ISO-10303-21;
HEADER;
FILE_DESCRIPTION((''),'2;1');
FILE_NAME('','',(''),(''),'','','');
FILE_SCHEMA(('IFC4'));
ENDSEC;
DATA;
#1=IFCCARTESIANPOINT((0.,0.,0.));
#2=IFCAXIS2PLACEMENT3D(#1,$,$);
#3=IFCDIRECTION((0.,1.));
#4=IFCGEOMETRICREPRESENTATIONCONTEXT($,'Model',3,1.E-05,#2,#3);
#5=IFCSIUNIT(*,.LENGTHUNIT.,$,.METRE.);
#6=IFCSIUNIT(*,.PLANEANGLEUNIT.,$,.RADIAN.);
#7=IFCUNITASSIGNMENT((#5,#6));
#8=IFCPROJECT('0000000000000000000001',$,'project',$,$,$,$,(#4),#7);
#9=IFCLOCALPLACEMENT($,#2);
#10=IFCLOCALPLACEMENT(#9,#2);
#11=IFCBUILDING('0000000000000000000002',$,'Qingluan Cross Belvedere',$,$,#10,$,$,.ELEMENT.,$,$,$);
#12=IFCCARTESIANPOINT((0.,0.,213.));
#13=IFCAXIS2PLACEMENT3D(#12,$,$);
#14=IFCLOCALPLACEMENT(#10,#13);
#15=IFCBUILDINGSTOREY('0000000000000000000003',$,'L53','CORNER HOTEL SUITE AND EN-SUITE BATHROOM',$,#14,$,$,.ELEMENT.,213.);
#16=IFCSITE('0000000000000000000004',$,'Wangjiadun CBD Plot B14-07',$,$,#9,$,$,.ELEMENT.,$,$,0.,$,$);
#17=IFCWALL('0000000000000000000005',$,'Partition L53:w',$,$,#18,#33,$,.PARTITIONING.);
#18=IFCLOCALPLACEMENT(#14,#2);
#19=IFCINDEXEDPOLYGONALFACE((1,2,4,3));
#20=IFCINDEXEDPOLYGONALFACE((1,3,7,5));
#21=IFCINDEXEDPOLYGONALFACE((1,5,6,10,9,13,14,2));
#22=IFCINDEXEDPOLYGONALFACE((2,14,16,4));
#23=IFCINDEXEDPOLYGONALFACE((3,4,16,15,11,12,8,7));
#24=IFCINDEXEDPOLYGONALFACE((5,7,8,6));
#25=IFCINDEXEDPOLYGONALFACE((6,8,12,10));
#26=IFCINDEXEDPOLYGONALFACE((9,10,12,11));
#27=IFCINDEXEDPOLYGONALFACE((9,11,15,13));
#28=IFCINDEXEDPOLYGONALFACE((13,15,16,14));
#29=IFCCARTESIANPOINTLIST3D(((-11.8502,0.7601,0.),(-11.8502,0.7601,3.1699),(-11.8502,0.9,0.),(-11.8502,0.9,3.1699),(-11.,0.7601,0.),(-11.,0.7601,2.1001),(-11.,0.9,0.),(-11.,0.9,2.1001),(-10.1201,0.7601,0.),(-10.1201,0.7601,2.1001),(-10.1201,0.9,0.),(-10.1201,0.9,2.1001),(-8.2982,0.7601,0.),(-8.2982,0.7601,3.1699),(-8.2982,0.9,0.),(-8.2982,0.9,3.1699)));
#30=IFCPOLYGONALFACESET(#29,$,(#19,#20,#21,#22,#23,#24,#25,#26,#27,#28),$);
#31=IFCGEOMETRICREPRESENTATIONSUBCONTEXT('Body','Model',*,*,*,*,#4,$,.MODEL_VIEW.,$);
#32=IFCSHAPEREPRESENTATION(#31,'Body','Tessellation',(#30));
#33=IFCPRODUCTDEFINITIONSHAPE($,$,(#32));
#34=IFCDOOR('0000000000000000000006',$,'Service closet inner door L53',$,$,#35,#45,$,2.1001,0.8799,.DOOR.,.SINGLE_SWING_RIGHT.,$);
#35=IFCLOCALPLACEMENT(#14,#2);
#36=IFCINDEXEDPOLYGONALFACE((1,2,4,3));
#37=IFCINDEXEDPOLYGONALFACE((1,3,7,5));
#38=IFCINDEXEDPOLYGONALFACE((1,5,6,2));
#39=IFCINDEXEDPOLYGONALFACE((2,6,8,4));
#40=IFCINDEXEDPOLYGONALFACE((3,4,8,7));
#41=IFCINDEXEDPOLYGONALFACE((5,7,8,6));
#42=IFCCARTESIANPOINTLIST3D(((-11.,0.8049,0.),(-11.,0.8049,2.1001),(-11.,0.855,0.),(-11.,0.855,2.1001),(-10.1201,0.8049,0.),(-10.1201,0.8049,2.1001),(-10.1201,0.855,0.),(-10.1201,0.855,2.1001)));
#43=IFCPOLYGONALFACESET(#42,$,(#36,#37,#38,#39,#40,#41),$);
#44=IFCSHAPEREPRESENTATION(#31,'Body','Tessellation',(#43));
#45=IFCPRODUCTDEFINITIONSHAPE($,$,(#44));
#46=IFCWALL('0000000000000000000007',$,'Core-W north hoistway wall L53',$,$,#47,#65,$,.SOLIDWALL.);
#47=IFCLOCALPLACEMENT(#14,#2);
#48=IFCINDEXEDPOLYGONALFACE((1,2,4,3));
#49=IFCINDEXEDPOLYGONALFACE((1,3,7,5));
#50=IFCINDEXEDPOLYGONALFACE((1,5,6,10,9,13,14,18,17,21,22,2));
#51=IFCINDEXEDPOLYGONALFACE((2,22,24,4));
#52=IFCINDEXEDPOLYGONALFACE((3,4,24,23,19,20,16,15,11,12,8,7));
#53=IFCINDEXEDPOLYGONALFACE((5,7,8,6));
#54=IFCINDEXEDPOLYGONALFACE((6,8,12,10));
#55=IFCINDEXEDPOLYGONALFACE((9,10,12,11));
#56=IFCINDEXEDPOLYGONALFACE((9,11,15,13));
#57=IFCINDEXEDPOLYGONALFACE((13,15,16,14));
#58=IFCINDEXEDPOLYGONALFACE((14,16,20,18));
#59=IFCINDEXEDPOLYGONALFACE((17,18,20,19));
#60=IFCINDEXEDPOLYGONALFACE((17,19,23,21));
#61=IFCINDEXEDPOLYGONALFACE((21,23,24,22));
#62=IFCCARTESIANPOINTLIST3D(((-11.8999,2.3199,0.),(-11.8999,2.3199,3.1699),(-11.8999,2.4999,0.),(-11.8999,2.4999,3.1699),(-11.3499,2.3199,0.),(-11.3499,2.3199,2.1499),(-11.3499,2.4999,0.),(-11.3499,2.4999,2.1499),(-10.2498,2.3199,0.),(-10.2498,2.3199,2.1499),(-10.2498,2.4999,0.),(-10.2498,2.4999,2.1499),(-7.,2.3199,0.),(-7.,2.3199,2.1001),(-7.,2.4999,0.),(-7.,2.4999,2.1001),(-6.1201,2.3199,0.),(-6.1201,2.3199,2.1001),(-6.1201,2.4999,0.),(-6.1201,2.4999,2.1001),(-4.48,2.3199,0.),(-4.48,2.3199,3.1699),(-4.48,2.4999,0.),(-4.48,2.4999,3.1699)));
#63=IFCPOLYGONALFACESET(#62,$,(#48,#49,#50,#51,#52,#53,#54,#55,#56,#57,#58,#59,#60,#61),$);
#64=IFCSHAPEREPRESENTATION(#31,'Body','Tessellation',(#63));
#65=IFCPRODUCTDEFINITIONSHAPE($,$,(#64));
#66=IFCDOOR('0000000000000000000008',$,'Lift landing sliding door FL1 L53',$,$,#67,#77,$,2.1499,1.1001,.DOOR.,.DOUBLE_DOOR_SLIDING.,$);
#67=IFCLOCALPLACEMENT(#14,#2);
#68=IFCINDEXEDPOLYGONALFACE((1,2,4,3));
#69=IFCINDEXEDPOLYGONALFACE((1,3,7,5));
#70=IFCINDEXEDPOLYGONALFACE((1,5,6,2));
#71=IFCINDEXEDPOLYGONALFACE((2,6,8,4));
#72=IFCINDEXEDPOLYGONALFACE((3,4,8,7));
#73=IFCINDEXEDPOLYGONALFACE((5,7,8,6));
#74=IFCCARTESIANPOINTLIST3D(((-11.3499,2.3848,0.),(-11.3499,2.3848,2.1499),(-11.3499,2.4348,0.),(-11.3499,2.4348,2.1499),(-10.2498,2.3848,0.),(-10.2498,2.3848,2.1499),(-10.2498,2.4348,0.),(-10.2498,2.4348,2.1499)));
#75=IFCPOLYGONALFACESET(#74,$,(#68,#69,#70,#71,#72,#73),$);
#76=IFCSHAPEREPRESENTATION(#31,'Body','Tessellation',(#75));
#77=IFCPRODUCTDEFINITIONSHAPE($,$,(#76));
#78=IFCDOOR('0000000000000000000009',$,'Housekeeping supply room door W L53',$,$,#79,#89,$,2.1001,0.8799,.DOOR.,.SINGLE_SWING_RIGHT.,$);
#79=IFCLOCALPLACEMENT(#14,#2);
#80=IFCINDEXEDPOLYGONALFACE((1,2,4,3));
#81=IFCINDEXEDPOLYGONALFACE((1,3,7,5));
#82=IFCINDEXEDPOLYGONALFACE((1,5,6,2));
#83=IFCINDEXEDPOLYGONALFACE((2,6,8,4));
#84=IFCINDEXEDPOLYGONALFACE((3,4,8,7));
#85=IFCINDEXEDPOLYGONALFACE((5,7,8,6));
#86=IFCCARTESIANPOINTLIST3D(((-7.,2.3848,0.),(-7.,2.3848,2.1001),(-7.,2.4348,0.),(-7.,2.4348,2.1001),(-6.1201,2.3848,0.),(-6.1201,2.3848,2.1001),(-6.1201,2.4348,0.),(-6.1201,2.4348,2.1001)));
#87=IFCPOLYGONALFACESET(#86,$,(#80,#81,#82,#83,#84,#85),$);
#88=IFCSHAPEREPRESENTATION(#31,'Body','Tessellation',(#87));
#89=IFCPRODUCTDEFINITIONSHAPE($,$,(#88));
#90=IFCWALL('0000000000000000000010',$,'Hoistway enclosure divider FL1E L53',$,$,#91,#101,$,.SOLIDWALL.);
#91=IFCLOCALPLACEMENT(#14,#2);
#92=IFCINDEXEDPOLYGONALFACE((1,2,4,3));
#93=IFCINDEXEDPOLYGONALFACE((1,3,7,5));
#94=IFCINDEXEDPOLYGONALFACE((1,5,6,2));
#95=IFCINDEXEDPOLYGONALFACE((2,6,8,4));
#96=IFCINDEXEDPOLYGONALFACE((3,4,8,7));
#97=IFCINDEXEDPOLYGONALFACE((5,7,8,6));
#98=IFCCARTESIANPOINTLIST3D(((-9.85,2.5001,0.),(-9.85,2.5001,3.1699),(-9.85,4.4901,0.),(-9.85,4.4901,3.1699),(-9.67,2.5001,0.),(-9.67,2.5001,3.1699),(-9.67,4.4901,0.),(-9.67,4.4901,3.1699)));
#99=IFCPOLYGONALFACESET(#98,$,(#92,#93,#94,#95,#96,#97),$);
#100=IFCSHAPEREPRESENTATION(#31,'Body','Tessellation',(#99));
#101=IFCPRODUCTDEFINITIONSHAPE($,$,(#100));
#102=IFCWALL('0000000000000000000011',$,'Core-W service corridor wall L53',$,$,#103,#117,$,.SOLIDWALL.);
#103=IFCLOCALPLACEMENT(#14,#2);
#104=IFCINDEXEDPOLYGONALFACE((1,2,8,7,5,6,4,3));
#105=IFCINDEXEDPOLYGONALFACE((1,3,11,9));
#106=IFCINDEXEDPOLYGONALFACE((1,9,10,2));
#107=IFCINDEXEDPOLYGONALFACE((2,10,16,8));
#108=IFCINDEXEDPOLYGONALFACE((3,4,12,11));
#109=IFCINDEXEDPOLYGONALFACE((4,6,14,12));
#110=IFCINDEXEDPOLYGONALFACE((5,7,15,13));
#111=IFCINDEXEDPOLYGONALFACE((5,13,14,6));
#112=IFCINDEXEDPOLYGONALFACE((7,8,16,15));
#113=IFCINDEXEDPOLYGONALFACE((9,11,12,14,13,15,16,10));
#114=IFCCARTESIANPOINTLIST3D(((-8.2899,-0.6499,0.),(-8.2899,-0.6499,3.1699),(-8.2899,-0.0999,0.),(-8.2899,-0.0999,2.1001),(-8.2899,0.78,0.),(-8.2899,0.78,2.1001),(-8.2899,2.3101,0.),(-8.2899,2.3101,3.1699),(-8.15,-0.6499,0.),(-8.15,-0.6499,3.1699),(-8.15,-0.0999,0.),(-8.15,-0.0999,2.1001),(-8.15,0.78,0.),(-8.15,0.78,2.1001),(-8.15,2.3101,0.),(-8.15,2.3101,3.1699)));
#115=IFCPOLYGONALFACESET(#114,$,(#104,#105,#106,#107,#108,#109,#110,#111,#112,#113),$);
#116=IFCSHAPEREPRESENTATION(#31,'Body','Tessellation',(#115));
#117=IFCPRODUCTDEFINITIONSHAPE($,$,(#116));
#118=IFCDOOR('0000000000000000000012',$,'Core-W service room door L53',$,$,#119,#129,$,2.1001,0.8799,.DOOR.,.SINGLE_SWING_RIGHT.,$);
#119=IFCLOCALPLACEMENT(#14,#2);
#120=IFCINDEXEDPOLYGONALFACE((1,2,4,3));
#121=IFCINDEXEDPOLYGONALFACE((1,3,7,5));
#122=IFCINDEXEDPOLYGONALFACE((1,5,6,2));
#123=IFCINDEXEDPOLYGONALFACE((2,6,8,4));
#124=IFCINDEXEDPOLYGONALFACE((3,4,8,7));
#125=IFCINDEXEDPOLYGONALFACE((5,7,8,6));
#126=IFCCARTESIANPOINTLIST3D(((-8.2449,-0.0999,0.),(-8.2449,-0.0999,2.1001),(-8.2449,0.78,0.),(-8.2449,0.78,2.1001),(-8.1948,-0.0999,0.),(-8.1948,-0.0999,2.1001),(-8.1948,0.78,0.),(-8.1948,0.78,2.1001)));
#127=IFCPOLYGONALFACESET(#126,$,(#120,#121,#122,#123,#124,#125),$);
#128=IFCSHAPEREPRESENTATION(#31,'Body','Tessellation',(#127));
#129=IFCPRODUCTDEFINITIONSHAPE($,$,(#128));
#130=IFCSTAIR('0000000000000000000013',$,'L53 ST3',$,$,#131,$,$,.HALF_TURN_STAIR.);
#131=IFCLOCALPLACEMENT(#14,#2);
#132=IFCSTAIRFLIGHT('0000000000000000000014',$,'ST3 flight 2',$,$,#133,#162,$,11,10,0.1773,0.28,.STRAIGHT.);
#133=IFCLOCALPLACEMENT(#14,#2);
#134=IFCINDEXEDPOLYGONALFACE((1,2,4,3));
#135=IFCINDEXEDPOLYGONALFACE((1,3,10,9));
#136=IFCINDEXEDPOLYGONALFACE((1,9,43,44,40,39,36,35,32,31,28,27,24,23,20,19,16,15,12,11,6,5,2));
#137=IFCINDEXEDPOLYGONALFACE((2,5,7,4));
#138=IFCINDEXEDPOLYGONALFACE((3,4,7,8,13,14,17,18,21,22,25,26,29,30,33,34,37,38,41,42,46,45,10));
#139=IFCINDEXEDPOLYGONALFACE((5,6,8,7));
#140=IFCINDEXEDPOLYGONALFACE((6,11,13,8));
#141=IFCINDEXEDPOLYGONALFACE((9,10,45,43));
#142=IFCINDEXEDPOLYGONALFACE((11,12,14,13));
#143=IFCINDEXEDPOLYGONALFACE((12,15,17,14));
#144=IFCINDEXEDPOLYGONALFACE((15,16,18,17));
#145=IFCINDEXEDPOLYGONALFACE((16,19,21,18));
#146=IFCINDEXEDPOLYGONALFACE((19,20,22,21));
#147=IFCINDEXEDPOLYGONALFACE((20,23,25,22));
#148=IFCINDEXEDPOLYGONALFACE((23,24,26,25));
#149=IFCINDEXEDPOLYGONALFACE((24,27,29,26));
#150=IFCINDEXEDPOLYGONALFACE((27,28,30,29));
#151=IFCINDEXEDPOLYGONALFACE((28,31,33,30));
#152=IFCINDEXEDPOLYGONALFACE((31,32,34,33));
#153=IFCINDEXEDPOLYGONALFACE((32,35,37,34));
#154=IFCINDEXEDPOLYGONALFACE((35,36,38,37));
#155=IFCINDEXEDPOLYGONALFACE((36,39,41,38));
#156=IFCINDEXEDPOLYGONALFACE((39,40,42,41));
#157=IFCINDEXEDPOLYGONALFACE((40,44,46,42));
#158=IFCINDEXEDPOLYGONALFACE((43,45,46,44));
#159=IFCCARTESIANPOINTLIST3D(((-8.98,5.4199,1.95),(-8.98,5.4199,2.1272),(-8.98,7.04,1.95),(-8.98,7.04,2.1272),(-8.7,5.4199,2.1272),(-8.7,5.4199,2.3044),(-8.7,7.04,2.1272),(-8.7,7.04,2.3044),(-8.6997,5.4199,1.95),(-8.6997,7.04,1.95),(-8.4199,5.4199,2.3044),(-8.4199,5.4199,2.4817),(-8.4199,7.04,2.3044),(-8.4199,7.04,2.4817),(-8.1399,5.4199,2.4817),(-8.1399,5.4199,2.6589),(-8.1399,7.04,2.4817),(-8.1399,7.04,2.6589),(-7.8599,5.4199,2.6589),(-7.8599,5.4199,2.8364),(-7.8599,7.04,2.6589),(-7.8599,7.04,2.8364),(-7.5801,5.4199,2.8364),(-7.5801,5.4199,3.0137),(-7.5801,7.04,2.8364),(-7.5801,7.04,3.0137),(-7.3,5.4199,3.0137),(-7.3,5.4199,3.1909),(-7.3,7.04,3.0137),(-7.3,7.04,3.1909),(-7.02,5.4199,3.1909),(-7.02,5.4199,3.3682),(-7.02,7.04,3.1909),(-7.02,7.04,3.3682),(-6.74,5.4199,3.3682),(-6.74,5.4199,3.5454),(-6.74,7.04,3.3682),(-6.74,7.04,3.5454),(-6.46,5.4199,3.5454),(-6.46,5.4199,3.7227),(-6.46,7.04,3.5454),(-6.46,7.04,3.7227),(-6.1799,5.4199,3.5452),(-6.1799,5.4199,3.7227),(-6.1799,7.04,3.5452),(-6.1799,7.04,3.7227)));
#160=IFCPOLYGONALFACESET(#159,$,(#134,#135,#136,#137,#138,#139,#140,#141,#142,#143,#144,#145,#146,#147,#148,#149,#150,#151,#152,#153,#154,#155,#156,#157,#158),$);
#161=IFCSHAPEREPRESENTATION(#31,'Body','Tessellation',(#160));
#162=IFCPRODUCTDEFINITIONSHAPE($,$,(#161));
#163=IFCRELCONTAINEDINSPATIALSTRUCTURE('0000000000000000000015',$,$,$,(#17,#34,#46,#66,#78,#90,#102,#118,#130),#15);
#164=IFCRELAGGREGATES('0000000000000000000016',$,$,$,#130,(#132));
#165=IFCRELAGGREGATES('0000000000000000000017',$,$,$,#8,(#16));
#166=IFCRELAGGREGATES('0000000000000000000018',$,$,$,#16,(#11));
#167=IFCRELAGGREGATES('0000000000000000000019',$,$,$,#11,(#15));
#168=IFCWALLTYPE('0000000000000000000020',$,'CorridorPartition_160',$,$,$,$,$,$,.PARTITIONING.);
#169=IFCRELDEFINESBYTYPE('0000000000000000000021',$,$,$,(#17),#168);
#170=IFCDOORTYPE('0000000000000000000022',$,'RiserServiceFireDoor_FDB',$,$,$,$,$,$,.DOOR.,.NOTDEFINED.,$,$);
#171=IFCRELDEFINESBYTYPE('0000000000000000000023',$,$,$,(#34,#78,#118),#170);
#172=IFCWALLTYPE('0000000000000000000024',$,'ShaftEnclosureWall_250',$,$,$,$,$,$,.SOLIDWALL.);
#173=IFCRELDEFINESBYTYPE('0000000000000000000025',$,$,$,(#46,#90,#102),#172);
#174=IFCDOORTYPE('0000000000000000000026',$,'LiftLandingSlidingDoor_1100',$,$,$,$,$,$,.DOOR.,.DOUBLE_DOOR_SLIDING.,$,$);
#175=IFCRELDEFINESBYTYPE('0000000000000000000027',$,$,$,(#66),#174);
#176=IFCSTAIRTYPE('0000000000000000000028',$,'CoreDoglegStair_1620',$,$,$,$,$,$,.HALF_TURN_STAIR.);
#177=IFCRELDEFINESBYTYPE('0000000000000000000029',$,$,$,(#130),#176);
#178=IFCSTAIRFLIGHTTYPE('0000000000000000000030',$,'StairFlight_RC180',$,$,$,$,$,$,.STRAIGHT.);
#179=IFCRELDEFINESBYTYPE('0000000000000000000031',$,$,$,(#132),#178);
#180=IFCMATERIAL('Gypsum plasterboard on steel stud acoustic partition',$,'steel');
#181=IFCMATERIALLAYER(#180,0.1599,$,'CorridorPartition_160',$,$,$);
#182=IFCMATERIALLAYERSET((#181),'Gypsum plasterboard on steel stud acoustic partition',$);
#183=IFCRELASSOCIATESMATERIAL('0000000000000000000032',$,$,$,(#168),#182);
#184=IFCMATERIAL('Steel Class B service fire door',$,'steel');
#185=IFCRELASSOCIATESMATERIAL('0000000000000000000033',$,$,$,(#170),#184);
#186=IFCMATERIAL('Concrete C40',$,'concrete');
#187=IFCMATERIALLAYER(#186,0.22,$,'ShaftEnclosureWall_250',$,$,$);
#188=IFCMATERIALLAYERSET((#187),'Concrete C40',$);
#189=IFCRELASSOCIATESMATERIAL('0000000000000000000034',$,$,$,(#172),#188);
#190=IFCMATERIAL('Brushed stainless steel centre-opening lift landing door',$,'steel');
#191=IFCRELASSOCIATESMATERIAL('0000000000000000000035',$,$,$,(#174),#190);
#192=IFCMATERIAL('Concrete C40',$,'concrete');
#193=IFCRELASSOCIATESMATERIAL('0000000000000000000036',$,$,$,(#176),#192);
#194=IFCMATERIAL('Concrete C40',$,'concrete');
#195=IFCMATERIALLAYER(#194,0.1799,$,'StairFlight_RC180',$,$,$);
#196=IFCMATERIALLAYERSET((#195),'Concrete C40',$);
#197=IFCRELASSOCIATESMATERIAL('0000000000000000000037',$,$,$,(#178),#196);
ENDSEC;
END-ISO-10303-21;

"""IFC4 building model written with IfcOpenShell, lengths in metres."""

from ifc_helpers import new_model, si_unit, direction, frame, frame_2d, origin, place, context, subcontext, project, spatial, polyline, rectangle, outline, extrude, material, layer, layer_set, type_object, element, fill, aggregate, save


model = new_model("IFC4")

# Units and contexts
model_context = context("Model", 3, precision=1e-05, world=origin(), true_north=direction((0.0, 1.0)))
body_context = subcontext(model_context, "Body", "Model", "MODEL_VIEW")
ifc_project = project(units=[si_unit("LENGTHUNIT", "METRE"), si_unit("PLANEANGLEUNIT", "RADIAN")], contexts=[model_context])

# Site, building, storey
site_placement = place(None, origin())
site = spatial("IfcSite", under=ifc_project, at=site_placement, Name="Wangjiadun CBD Plot B14-07", CompositionType="ELEMENT", RefElevation=0.0)
building_placement = place(site_placement, origin())
building = spatial("IfcBuilding", under=site, at=building_placement, Name="Qingluan Cross Belvedere", CompositionType="ELEMENT")
storey_placement = place(building_placement, frame((0.0, 0.0, 213.0)))
storey = spatial("IfcBuildingStorey", under=building, at=storey_placement, Name="L53", Description="CORNER HOTEL SUITE AND EN-SUITE BATHROOM", CompositionType="ELEMENT", Elevation=213.0)

# Wall, opening, door
ifc_material_1 = material(Name="Gypsum plasterboard on steel stud acoustic partition", Category="steel")
ifc_layer_1 = layer(ifc_material_1, 0.1599, Name="CorridorPartition_160")
ifc_layer_set_1 = layer_set([ifc_layer_1], Name="Gypsum plasterboard on steel stud acoustic partition")
wall_type_1 = type_object("IfcWallType", Name="CorridorPartition_160", PredefinedType="PARTITIONING", material=ifc_layer_set_1)
wall_1_placement = place(storey_placement, frame((-11.8501, 0.8301, 0.0), z_axis=(0.0, 0.0, 1.0), x_axis=(1.0, 0.0, 0.0)))
wall_1 = element("IfcWall", 1, at=wall_1_placement, inside=storey, type_object=wall_type_1, Name="Partition L53:w", PredefinedType="PARTITIONING", context=body_context, shape_type="SweptSolid", body=[
    extrude(rectangle(XDim=3.552, YDim=0.1399, at=frame_2d((1.7759, 0.0))), origin(), (0.0, 0.0, 1.0), 3.1699),
])
opening_1_placement = place(wall_1_placement, frame((0.8501, 0.0, 0.0)))
opening_1 = element("IfcOpeningElement", 2, at=opening_1_placement, cuts=wall_1, PredefinedType="OPENING", context=body_context, shape_type="SweptSolid", body=[
    extrude(rectangle(XDim=0.8799, YDim=2.1001, at=frame_2d((0.4399, 1.05))), frame((0.0, 0.0798, 0.0), z_axis=(0.0, -1.0, 0.0), x_axis=(1.0, 0.0, 0.0)), (0.0, 0.0, 1.0), 0.1599),
])
ifc_material_2 = material(Name="Steel Class B service fire door", Category="steel")
door_type_1 = type_object("IfcDoorType", Name="RiserServiceFireDoor_FDB", OperationType="NOTDEFINED", PredefinedType="DOOR", material=ifc_material_2)
door_1_placement = place(opening_1_placement, origin())
door_1 = element("IfcDoor", 3, at=door_1_placement, inside=storey, type_object=door_type_1, Name="Service closet inner door L53", OperationType="SINGLE_SWING_RIGHT", OverallHeight=2.1001, OverallWidth=0.8799, PredefinedType="DOOR", context=body_context, shape_type="SweptSolid", body=[
    extrude(rectangle(XDim=0.8799, YDim=2.1001, at=frame_2d((0.4399, 1.05))), frame((0.0, 0.0249, 0.0), z_axis=(0.0, -1.0, 0.0), x_axis=(1.0, 0.0, 0.0)), (0.0, 0.0, 1.0), 0.05),
])
fill(opening_1, door_1)

# Wall, openings, doors
ifc_material_3 = material(Name="Concrete C40", Category="concrete")
ifc_layer_2 = layer(ifc_material_3, 0.22, Name="ShaftEnclosureWall_250")
ifc_layer_set_2 = layer_set([ifc_layer_2], Name="Concrete C40")
wall_type_2 = type_object("IfcWallType", Name="ShaftEnclosureWall_250", PredefinedType="SOLIDWALL", material=ifc_layer_set_2)
wall_2_placement = place(storey_placement, frame((-11.8999, 2.4099, 0.0), z_axis=(0.0, 0.0, 1.0), x_axis=(1.0, 0.0, 0.0)))
wall_2 = element("IfcWall", 4, at=wall_2_placement, inside=storey, type_object=wall_type_2, Name="Core-W north hoistway wall L53", PredefinedType="SOLIDWALL", context=body_context, shape_type="SweptSolid", body=[
    extrude(rectangle(XDim=7.4199, YDim=0.1799, at=frame_2d((3.71, 0.0))), origin(), (0.0, 0.0, 1.0), 3.1699),
])
opening_2_placement = place(wall_2_placement, frame((0.55, 0.0, 0.0)))
opening_2 = element("IfcOpeningElement", 5, at=opening_2_placement, cuts=wall_2, PredefinedType="OPENING", context=body_context, shape_type="SweptSolid", body=[
    extrude(rectangle(XDim=1.1001, YDim=2.1499, at=frame_2d((0.55, 1.075))), frame((0.0, 0.0999, 0.0), z_axis=(0.0, -1.0, 0.0), x_axis=(1.0, 0.0, 0.0)), (0.0, 0.0, 1.0), 0.2),
])
opening_3_placement = place(wall_2_placement, frame((4.8999, 0.0, 0.0)))
opening_3 = element("IfcOpeningElement", 6, at=opening_3_placement, cuts=wall_2, PredefinedType="OPENING", context=body_context, shape_type="SweptSolid", body=[
    extrude(rectangle(XDim=0.8799, YDim=2.1001, at=frame_2d((0.4399, 1.05))), frame((0.0, 0.0999, 0.0), z_axis=(0.0, -1.0, 0.0), x_axis=(1.0, 0.0, 0.0)), (0.0, 0.0, 1.0), 0.2),
])
ifc_material_4 = material(Name="Brushed stainless steel centre-opening lift landing door", Category="steel")
door_type_2 = type_object("IfcDoorType", Name="LiftLandingSlidingDoor_1100", OperationType="DOUBLE_DOOR_SLIDING", PredefinedType="DOOR", material=ifc_material_4)
door_2_placement = place(opening_2_placement, origin())
door_2 = element("IfcDoor", 7, at=door_2_placement, inside=storey, type_object=door_type_2, Name="Lift landing sliding door FL1 L53", OperationType="DOUBLE_DOOR_SLIDING", OverallHeight=2.1499, OverallWidth=1.1001, PredefinedType="DOOR", context=body_context, shape_type="SweptSolid", body=[
    extrude(rectangle(XDim=1.1001, YDim=2.1499, at=frame_2d((0.55, 1.075))), frame((0.0, 0.0249, 0.0), z_axis=(0.0, -1.0, 0.0), x_axis=(1.0, 0.0, 0.0)), (0.0, 0.0, 1.0), 0.05),
])
fill(opening_2, door_2)
door_3_placement = place(opening_3_placement, origin())
door_3 = element("IfcDoor", 8, at=door_3_placement, inside=storey, type_object=door_type_1, Name="Housekeeping supply room door W L53", OperationType="SINGLE_SWING_RIGHT", OverallHeight=2.1001, OverallWidth=0.8799, PredefinedType="DOOR", context=body_context, shape_type="SweptSolid", body=[
    extrude(rectangle(XDim=0.8799, YDim=2.1001, at=frame_2d((0.4399, 1.05))), frame((0.0, 0.0249, 0.0), z_axis=(0.0, -1.0, 0.0), x_axis=(1.0, 0.0, 0.0)), (0.0, 0.0, 1.0), 0.05),
])
fill(opening_3, door_3)

# Wall
wall_3_placement = place(storey_placement, frame((-9.76, 2.5, 0.0), z_axis=(0.0, 0.0, 1.0), x_axis=(0.0, 1.0, 0.0)))
element("IfcWall", 9, at=wall_3_placement, inside=storey, type_object=wall_type_2, Name="Hoistway enclosure divider FL1E L53", PredefinedType="SOLIDWALL", context=body_context, shape_type="SweptSolid", body=[
    extrude(rectangle(XDim=1.99, YDim=0.1799, at=frame_2d((0.9951, 0.0))), origin(), (0.0, 0.0, 1.0), 3.1699),
])

# Wall, opening, door
wall_4_placement = place(storey_placement, frame((-8.22, -0.6499, 0.0), z_axis=(0.0, 0.0, 1.0), x_axis=(0.0, 1.0, 0.0)))
wall_4 = element("IfcWall", 10, at=wall_4_placement, inside=storey, type_object=wall_type_2, Name="Core-W service corridor wall L53", PredefinedType="SOLIDWALL", context=body_context, shape_type="SweptSolid", body=[
    extrude(rectangle(XDim=2.96, YDim=0.1399, at=frame_2d((1.48, 0.0))), origin(), (0.0, 0.0, 1.0), 3.1699),
])
opening_4_placement = place(wall_4_placement, frame((0.55, 0.0, 0.0)))
opening_4 = element("IfcOpeningElement", 11, at=opening_4_placement, cuts=wall_4, PredefinedType="OPENING", context=body_context, shape_type="SweptSolid", body=[
    extrude(rectangle(XDim=0.8799, YDim=2.1001, at=frame_2d((0.4399, 1.05))), frame((0.0, 0.0798, 0.0), z_axis=(0.0, -1.0, 0.0), x_axis=(1.0, 0.0, 0.0)), (0.0, 0.0, 1.0), 0.1599),
])
door_4_placement = place(opening_4_placement, origin())
door_4 = element("IfcDoor", 12, at=door_4_placement, inside=storey, type_object=door_type_1, Name="Core-W service room door L53", OperationType="SINGLE_SWING_RIGHT", OverallHeight=2.1001, OverallWidth=0.8799, PredefinedType="DOOR", context=body_context, shape_type="SweptSolid", body=[
    extrude(rectangle(XDim=0.8799, YDim=2.1001, at=frame_2d((0.4399, 1.05))), frame((0.0, 0.0249, 0.0), z_axis=(0.0, -1.0, 0.0), x_axis=(1.0, 0.0, 0.0)), (0.0, 0.0, 1.0), 0.05),
])
fill(opening_4, door_4)

# Stair, stair flight
ifc_material_5 = material(Name="Concrete C40", Category="concrete")
stair_type = type_object("IfcStairType", Name="CoreDoglegStair_1620", PredefinedType="HALF_TURN_STAIR", material=ifc_material_5)
stair_placement = place(storey_placement, origin())
stair = element("IfcStair", 13, at=stair_placement, inside=storey, type_object=stair_type, Name="L53 ST3", PredefinedType="HALF_TURN_STAIR")
ifc_material_6 = material(Name="Concrete C40", Category="concrete")
ifc_layer_3 = layer(ifc_material_6, 0.1799, Name="StairFlight_RC180")
ifc_layer_set_3 = layer_set([ifc_layer_3], Name="Concrete C40")
stair_flight_type = type_object("IfcStairFlightType", Name="StairFlight_RC180", PredefinedType="STRAIGHT", material=ifc_layer_set_3)
stair_flight_placement = place(storey_placement, frame((-8.98, 6.23, 1.95), z_axis=(0.0, 0.0, 1.0), x_axis=(1.0, 0.0, 0.0)))
stair_flight = element("IfcStairFlight", 14, at=stair_flight_placement, type_object=stair_flight_type, Name="ST3 flight 2", NumberOfRisers=11, NumberOfTreads=10, PredefinedType="STRAIGHT", RiserHeight=0.1773, TreadLength=0.28, context=body_context, shape_type="SweptSolid", body=[
    extrude(outline(polyline([(0.0, 0.0), (0.0, 0.1772), (0.28, 0.1772), (0.28, 0.3545), (0.5601, 0.3545), (0.5601, 0.5317), (0.8401, 0.5317), (0.8401, 0.709), (1.1201, 0.709), (1.1201, 0.8865), (1.3999, 0.8865), (1.3999, 1.0637), (1.6799, 1.0637), (1.6799, 1.241), (1.96, 1.241), (1.96, 1.4182), (2.24, 1.4182), (2.24, 1.5955), (2.52, 1.5955), (2.52, 1.7727), (2.8, 1.7727), (2.8, 1.95), (2.8, 1.5952), (0.2803, 0.0), (0.0, 0.0)])), frame((0.0, 0.8101, 0.0), z_axis=(0.0, -1.0, 0.0), x_axis=(1.0, 0.0, 0.0)), (0.0, 0.0, 1.0), 1.6201),
])
aggregate(stair, [stair_flight])

save(model, "model.ifc")
